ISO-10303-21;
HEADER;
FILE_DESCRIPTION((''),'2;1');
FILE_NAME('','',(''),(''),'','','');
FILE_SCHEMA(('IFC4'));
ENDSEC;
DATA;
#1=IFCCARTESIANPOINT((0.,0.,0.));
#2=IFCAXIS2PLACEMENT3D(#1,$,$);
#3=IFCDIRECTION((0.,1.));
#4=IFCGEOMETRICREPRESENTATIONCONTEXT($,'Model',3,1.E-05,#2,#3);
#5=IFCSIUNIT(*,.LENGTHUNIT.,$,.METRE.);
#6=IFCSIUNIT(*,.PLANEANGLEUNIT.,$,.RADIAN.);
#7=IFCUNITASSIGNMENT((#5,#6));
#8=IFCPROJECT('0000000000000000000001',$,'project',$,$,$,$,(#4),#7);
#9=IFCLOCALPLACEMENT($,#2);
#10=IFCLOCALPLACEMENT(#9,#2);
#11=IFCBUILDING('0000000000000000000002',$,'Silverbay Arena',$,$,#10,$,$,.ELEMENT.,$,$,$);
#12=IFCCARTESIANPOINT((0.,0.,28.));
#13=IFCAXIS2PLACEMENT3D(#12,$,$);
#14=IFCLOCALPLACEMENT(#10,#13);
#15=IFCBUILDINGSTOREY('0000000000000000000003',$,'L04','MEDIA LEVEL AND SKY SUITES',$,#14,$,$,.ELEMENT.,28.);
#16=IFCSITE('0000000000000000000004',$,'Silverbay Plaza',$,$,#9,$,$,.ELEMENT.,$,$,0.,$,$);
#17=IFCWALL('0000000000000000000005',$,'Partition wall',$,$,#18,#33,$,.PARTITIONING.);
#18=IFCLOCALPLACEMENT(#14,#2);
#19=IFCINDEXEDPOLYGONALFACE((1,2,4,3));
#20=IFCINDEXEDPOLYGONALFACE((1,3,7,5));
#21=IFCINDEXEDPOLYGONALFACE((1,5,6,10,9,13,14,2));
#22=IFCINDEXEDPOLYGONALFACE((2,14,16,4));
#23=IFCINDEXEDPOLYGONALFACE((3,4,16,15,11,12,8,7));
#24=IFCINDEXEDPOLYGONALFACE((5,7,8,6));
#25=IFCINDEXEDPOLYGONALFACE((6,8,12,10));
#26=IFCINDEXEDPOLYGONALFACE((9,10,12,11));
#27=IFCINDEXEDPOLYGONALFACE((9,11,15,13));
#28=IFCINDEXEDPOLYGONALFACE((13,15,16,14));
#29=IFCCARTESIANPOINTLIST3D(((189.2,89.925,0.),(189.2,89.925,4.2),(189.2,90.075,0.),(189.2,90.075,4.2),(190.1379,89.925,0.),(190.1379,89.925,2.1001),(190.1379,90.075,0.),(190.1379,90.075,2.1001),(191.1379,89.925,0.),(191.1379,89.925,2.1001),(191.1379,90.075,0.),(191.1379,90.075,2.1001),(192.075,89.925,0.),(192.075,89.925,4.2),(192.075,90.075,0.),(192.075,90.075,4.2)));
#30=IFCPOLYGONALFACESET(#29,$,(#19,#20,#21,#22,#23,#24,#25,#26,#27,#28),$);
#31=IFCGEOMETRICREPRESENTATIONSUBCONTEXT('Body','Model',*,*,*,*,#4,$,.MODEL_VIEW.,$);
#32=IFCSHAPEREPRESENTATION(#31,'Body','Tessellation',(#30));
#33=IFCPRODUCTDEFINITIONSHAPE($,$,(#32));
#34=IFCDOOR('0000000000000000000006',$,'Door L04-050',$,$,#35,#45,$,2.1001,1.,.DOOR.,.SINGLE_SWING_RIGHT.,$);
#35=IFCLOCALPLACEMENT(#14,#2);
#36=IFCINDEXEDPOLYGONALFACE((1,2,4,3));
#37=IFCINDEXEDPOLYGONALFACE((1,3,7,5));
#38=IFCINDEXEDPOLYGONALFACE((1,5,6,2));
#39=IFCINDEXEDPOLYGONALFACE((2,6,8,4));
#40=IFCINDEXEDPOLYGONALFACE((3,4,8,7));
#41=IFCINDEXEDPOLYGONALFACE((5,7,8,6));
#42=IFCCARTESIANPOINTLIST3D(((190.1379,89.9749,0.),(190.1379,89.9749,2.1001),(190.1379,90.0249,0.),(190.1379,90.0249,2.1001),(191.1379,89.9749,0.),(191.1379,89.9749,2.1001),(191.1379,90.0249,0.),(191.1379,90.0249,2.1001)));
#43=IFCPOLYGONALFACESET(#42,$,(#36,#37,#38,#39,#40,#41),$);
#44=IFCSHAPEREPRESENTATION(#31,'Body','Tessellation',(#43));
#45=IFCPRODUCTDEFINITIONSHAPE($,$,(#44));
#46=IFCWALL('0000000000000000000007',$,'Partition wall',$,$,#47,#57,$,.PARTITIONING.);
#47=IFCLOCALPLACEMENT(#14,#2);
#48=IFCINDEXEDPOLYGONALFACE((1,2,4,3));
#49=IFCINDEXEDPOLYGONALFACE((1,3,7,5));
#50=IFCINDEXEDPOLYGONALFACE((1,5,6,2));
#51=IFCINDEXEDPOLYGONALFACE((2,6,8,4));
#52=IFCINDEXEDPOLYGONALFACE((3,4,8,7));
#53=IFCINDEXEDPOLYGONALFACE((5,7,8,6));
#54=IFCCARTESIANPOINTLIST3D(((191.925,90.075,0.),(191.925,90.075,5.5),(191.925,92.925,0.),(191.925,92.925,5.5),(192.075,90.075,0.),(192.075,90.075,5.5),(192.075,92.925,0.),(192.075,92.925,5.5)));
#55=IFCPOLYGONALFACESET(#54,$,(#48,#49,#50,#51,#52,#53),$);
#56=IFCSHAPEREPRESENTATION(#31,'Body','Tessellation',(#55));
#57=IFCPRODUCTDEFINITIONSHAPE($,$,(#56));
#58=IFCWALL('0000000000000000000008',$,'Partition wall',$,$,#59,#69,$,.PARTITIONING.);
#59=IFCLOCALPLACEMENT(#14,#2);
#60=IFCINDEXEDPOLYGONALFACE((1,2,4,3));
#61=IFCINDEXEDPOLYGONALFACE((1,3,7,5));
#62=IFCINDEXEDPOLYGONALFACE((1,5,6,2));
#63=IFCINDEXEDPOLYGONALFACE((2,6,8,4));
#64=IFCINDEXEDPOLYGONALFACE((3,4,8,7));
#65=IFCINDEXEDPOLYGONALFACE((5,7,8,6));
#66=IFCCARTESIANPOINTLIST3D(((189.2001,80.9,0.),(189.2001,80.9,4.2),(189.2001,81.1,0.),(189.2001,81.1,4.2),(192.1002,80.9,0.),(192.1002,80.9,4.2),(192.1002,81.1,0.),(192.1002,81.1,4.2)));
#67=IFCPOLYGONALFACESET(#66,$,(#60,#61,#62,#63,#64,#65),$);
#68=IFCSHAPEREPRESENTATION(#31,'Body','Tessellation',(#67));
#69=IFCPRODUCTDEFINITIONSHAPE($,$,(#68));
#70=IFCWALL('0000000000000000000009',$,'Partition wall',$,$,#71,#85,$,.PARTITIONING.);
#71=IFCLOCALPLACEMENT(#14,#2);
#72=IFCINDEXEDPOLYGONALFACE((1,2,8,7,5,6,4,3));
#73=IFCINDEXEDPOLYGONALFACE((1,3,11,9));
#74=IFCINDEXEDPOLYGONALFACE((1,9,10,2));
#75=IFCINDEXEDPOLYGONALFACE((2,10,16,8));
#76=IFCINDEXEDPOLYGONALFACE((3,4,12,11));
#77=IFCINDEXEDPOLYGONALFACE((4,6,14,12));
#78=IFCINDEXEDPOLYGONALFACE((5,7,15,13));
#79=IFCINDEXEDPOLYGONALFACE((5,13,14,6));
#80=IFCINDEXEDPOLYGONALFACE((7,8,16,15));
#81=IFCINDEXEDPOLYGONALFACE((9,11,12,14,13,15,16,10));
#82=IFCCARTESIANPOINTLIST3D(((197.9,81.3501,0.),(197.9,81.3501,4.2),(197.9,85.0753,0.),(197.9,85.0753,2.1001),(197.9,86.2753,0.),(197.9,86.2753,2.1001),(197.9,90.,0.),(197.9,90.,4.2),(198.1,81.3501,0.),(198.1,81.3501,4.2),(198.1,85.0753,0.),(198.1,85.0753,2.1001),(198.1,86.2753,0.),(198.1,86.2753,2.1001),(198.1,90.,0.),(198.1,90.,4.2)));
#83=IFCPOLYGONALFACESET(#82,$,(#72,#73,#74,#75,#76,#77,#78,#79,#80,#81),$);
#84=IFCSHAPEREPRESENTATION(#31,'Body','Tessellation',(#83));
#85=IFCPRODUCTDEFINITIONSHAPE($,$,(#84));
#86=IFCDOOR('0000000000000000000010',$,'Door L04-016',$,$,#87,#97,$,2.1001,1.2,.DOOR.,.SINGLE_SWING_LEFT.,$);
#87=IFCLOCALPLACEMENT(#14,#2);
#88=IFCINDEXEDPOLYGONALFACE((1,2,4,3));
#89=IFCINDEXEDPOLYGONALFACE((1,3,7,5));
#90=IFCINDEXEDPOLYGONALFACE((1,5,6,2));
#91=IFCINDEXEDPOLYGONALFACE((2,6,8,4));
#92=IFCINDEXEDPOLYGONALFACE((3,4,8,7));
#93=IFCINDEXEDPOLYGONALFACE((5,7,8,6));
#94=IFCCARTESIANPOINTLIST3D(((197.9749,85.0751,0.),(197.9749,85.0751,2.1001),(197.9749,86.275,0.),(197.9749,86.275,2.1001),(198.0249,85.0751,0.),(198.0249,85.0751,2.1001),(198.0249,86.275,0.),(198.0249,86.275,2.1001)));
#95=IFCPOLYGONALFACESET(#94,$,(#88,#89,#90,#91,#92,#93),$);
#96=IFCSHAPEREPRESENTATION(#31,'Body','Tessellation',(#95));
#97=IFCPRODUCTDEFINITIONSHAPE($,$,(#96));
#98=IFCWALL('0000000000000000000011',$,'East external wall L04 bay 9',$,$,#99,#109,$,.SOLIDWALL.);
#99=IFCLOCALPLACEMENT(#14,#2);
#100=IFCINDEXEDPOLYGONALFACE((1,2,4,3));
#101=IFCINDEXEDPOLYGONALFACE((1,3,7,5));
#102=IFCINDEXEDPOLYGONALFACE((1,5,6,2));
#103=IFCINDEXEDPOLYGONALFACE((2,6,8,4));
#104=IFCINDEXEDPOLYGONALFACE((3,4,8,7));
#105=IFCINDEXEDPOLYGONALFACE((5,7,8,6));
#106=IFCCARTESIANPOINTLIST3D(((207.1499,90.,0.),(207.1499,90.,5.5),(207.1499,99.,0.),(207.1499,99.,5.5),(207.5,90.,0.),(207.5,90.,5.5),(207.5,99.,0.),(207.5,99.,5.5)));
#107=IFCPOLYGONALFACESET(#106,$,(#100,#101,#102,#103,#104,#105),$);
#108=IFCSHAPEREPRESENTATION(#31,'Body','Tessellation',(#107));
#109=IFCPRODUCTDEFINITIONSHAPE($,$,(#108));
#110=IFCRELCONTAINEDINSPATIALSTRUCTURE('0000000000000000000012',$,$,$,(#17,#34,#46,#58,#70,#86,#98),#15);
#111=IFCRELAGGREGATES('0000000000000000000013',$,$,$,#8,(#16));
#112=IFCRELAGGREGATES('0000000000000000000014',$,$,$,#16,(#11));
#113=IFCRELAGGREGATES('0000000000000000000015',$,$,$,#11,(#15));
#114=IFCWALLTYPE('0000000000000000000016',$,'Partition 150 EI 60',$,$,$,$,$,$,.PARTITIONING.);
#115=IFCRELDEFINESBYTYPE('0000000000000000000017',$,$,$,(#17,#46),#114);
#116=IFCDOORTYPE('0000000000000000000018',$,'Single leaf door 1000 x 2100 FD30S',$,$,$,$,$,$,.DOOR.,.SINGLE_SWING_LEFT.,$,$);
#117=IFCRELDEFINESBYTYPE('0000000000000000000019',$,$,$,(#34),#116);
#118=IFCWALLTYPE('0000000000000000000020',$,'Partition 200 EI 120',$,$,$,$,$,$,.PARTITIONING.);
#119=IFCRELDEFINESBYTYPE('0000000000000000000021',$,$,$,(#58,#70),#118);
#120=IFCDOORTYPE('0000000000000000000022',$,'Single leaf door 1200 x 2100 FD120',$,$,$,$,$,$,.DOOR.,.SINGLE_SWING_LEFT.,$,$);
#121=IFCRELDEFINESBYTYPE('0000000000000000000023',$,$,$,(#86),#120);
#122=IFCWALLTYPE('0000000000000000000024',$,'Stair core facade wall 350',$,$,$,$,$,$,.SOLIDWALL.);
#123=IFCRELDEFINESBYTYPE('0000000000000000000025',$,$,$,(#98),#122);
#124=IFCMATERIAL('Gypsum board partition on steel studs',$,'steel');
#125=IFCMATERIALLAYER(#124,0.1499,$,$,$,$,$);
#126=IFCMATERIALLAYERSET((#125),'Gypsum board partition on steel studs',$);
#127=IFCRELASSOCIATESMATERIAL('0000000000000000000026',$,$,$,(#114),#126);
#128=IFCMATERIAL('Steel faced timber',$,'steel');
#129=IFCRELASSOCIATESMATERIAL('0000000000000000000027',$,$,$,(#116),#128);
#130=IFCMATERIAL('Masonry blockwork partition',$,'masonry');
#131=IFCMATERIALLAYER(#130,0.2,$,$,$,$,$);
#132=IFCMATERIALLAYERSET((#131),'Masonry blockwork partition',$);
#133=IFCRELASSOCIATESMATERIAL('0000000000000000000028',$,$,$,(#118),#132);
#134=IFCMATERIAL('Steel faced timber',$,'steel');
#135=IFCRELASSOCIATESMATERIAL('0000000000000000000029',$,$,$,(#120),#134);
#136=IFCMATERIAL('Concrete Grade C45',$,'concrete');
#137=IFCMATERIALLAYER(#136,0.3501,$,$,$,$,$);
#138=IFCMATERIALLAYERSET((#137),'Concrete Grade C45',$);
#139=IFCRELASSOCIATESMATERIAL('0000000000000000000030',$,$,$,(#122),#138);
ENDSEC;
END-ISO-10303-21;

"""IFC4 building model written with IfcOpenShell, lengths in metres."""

from ifc_helpers import new_model, si_unit, direction, frame, frame_2d, origin, place, context, subcontext, project, spatial, rectangle, extrude, material, layer, layer_set, type_object, element, fill, save


model = new_model("IFC4")

# Units and contexts
model_context = context("Model", 3, precision=1e-05, world=origin(), true_north=direction((0.0, 1.0)))
body_context = subcontext(model_context, "Body", "Model", "MODEL_VIEW")
ifc_project = project(units=[si_unit("LENGTHUNIT", "METRE"), si_unit("PLANEANGLEUNIT", "RADIAN")], contexts=[model_context])

# Site, building, storey
site_placement = place(None, origin())
site = spatial("IfcSite", under=ifc_project, at=site_placement, Name="Silverbay Plaza", CompositionType="ELEMENT", RefElevation=0.0)
building_placement = place(site_placement, origin())
building = spatial("IfcBuilding", under=site, at=building_placement, Name="Silverbay Arena", CompositionType="ELEMENT")
storey_placement = place(building_placement, frame((0.0, 0.0, 28.0)))
storey = spatial("IfcBuildingStorey", under=building, at=storey_placement, Name="L04", Description="MEDIA LEVEL AND SKY SUITES", CompositionType="ELEMENT", Elevation=28.0)

# Shared definitions
ifc_material_1 = material(Name="Gypsum board partition on steel studs", Category="steel")
ifc_layer_1 = layer(ifc_material_1, 0.1499)
ifc_layer_set_1 = layer_set([ifc_layer_1], Name="Gypsum board partition on steel studs")
wall_type_1 = type_object("IfcWallType", Name="Partition 150 EI 60", PredefinedType="PARTITIONING", material=ifc_layer_set_1)

# Wall, opening, door
wall_1_placement = place(storey_placement, frame((189.2, 90.0, 0.0), z_axis=(0.0, 0.0, 1.0), x_axis=(1.0, 0.0, 0.0)))
wall_1 = element("IfcWall", 1, at=wall_1_placement, inside=storey, type_object=wall_type_1, Name="Partition wall", PredefinedType="PARTITIONING", context=body_context, shape_type="SweptSolid", body=[
    extrude(rectangle(XDim=2.875, YDim=0.1499, at=frame_2d((1.4375, 0.0))), origin(), (0.0, 0.0, 1.0), 4.2),
])
opening_1_placement = place(wall_1_placement, frame((0.938, 0.0, 0.0)))
opening_1 = element("IfcOpeningElement", 2, at=opening_1_placement, cuts=wall_1, PredefinedType="OPENING", context=body_context, shape_type="SweptSolid", body=[
    extrude(rectangle(XDim=1.0, YDim=2.1001, at=frame_2d((0.5, 1.05))), frame((0.0, 0.085, 0.0), z_axis=(0.0, -1.0, 0.0), x_axis=(1.0, 0.0, 0.0)), (0.0, 0.0, 1.0), 0.1699),
])
ifc_material_2 = material(Name="Steel faced timber", Category="steel")
door_type_1 = type_object("IfcDoorType", Name="Single leaf door 1000 x 2100 FD30S", OperationType="SINGLE_SWING_LEFT", PredefinedType="DOOR", material=ifc_material_2)
door_1_placement = place(opening_1_placement, origin())
door_1 = element("IfcDoor", 3, at=door_1_placement, inside=storey, type_object=door_type_1, Name="Door L04-050", OperationType="SINGLE_SWING_RIGHT", OverallHeight=2.1001, OverallWidth=1.0, PredefinedType="DOOR", context=body_context, shape_type="SweptSolid", body=[
    extrude(rectangle(XDim=1.0, YDim=2.1001, at=frame_2d((0.5, 1.05))), frame((0.0, 0.0249, 0.0), z_axis=(0.0, -1.0, 0.0), x_axis=(1.0, 0.0, 0.0)), (0.0, 0.0, 1.0), 0.05),
])
fill(opening_1, door_1)

# Walls
wall_2_placement = place(storey_placement, frame((192.0, 90.075, 0.0), z_axis=(0.0, 0.0, 1.0), x_axis=(0.0, 1.0, 0.0)))
element("IfcWall", 4, at=wall_2_placement, inside=storey, type_object=wall_type_1, Name="Partition wall", PredefinedType="PARTITIONING", context=body_context, shape_type="SweptSolid", body=[
    extrude(rectangle(XDim=2.8501, YDim=0.1499, at=frame_2d((1.425, 0.0))), origin(), (0.0, 0.0, 1.0), 5.5),
])
ifc_material_3 = material(Name="Masonry blockwork partition", Category="masonry")
ifc_layer_2 = layer(ifc_material_3, 0.2)
ifc_layer_set_2 = layer_set([ifc_layer_2], Name="Masonry blockwork partition")
wall_type_2 = type_object("IfcWallType", Name="Partition 200 EI 120", PredefinedType="PARTITIONING", material=ifc_layer_set_2)
wall_3_placement = place(storey_placement, frame((189.2, 81.0, 0.0), z_axis=(0.0, 0.0, 1.0), x_axis=(1.0, 0.0, 0.0)))
element("IfcWall", 5, at=wall_3_placement, inside=storey, type_object=wall_type_2, Name="Partition wall", PredefinedType="PARTITIONING", context=body_context, shape_type="SweptSolid", body=[
    extrude(rectangle(XDim=2.9001, YDim=0.2, at=frame_2d((1.4502, 0.0))), origin(), (0.0, 0.0, 1.0), 4.2),
])

# Wall, opening, door
wall_4_placement = place(storey_placement, frame((198.0, 81.3501, 0.0), z_axis=(0.0, 0.0, 1.0), x_axis=(0.0, 1.0, 0.0)))
wall_4 = element("IfcWall", 6, at=wall_4_placement, inside=storey, type_object=wall_type_2, Name="Partition wall", PredefinedType="PARTITIONING", context=body_context, shape_type="SweptSolid", body=[
    extrude(rectangle(XDim=8.6499, YDim=0.2, at=frame_2d((4.325, 0.0))), origin(), (0.0, 0.0, 1.0), 4.2),
])
opening_2_placement = place(wall_4_placement, frame((3.7251, 0.0, 0.0)))
opening_2 = element("IfcOpeningElement", 7, at=opening_2_placement, cuts=wall_4, PredefinedType="OPENING", context=body_context, shape_type="SweptSolid", body=[
    extrude(rectangle(XDim=1.2, YDim=2.1001, at=frame_2d((0.6001, 1.05))), frame((0.0, 0.1099, 0.0), z_axis=(0.0, -1.0, 0.0), x_axis=(1.0, 0.0, 0.0)), (0.0, 0.0, 1.0), 0.22),
])
ifc_material_4 = material(Name="Steel faced timber", Category="steel")
door_type_2 = type_object("IfcDoorType", Name="Single leaf door 1200 x 2100 FD120", OperationType="SINGLE_SWING_LEFT", PredefinedType="DOOR", material=ifc_material_4)
door_2_placement = place(opening_2_placement, frame((1.2, 0.0, 0.0), z_axis=(0.0, 0.0, 1.0), x_axis=(-1.0, 0.0, 0.0)))
door_2 = element("IfcDoor", 8, at=door_2_placement, inside=storey, type_object=door_type_2, Name="Door L04-016", OperationType="SINGLE_SWING_LEFT", OverallHeight=2.1001, OverallWidth=1.2, PredefinedType="DOOR", context=body_context, shape_type="SweptSolid", body=[
    extrude(rectangle(XDim=1.2, YDim=2.1001, at=frame_2d((0.6001, 1.05))), frame((0.0, 0.0249, 0.0), z_axis=(0.0, -1.0, 0.0), x_axis=(1.0, 0.0, 0.0)), (0.0, 0.0, 1.0), 0.05),
])
fill(opening_2, door_2)

# Wall
ifc_material_5 = material(Name="Concrete Grade C45", Category="concrete")
ifc_layer_3 = layer(ifc_material_5, 0.3501)
ifc_layer_set_3 = layer_set([ifc_layer_3], Name="Concrete Grade C45")
wall_type_3 = type_object("IfcWallType", Name="Stair core facade wall 350", PredefinedType="SOLIDWALL", material=ifc_layer_set_3)
wall_5_placement = place(storey_placement, frame((207.325, 90.0, 0.0), z_axis=(0.0, 0.0, 1.0), x_axis=(0.0, 1.0, 0.0)))
element("IfcWall", 9, at=wall_5_placement, inside=storey, type_object=wall_type_3, Name="East external wall L04 bay 9", PredefinedType="SOLIDWALL", context=body_context, shape_type="SweptSolid", body=[
    extrude(rectangle(XDim=9.0, YDim=0.3501, at=frame_2d((4.5, 0.0))), origin(), (0.0, 0.0, 1.0), 5.5),
])

save(model, "model.ifc")
